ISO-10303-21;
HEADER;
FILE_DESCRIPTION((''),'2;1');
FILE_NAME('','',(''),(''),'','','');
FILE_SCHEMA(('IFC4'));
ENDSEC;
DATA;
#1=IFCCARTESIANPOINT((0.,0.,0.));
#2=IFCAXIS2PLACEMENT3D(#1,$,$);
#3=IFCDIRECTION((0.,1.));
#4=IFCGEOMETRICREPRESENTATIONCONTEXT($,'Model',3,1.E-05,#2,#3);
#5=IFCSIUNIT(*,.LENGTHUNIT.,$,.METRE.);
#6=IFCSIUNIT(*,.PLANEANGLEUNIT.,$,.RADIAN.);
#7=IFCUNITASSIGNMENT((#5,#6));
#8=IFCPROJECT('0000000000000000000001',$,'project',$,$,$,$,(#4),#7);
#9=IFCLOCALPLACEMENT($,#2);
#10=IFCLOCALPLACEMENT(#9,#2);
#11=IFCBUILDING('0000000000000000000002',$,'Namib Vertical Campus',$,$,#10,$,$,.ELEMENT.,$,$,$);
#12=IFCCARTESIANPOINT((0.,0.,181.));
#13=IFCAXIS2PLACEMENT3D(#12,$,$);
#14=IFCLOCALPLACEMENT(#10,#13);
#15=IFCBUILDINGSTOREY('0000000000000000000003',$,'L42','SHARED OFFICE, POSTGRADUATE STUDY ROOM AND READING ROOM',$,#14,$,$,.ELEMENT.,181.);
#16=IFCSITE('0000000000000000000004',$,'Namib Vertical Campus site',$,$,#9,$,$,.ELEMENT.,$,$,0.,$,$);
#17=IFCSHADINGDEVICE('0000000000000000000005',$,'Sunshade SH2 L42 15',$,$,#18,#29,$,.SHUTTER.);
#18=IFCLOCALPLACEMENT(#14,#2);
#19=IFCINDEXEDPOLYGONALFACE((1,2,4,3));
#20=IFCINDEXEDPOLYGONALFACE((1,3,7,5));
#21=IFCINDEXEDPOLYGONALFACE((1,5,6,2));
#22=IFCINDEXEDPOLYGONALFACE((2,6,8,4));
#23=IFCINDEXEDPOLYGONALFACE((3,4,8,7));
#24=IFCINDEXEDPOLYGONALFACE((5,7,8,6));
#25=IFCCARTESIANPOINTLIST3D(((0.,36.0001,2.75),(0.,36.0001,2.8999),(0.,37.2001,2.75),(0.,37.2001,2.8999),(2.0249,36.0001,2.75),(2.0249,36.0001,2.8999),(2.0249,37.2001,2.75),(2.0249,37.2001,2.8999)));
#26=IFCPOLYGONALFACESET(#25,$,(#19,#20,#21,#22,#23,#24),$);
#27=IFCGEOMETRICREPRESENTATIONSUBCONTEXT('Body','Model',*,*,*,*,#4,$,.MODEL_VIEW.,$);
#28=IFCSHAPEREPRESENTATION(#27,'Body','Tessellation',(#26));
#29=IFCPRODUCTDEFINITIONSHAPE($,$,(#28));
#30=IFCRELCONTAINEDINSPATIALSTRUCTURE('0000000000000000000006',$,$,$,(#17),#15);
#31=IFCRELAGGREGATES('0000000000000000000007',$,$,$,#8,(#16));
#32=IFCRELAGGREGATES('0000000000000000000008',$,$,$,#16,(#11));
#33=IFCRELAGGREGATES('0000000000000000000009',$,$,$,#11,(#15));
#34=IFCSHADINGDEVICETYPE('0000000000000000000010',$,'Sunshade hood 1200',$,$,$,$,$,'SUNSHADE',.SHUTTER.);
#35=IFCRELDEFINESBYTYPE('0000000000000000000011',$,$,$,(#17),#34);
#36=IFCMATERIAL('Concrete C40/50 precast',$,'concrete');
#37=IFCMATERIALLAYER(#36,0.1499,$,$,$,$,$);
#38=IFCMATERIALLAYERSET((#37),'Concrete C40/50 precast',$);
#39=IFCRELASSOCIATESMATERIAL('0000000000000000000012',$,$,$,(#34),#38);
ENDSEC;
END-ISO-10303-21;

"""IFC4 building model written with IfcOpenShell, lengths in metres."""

from ifc_helpers import new_model, si_unit, direction, frame, origin, origin_2d, place, context, subcontext, project, spatial, rectangle, extrude, material, layer, layer_set, type_object, element, save


model = new_model("IFC4")

# Units and contexts
model_context = context("Model", 3, precision=1e-05, world=origin(), true_north=direction((0.0, 1.0)))
body_context = subcontext(model_context, "Body", "Model", "MODEL_VIEW")
ifc_project = project(units=[si_unit("LENGTHUNIT", "METRE"), si_unit("PLANEANGLEUNIT", "RADIAN")], contexts=[model_context])

# Site, building, storey
site_placement = place(None, origin())
site = spatial("IfcSite", under=ifc_project, at=site_placement, Name="Namib Vertical Campus site", CompositionType="ELEMENT", RefElevation=0.0)
building_placement = place(site_placement, origin())
building = spatial("IfcBuilding", under=site, at=building_placement, Name="Namib Vertical Campus", CompositionType="ELEMENT")
storey_placement = place(building_placement, frame((0.0, 0.0, 181.0)))
storey = spatial("IfcBuildingStorey", under=building, at=storey_placement, Name="L42", Description="SHARED OFFICE, POSTGRADUATE STUDY ROOM AND READING ROOM", CompositionType="ELEMENT", Elevation=181.0)

# Shading device
ifc_material_1 = material(Name="Concrete C40/50 precast", Category="concrete")
ifc_layer_1 = layer(ifc_material_1, 0.1499)
ifc_layer_set_1 = layer_set([ifc_layer_1], Name="Concrete C40/50 precast")
shading_device_type = type_object("IfcShadingDeviceType", Name="Sunshade hood 1200", ElementType="SUNSHADE", PredefinedType="SHUTTER", material=ifc_layer_set_1)
for number, where, z_axis, x_axis, name in (
    (1, (1.0125, 36.6001, 2.75), (0.0, 0.0, 1.0), (-1.0, 0.0, 0.0), "Sunshade SH2 L42 15"),
):
    element("IfcShadingDevice", number, at=place(storey_placement, frame(where, z_axis=z_axis, x_axis=x_axis)), inside=storey, type_object=shading_device_type, Name=name, PredefinedType="SHUTTER", context=body_context, shape_type="SweptSolid", body=[
        extrude(rectangle(XDim=2.0249, YDim=1.2, at=origin_2d()), origin(), (0.0, 0.0, 1.0), 0.1499),
    ])

save(model, "model.ifc")
